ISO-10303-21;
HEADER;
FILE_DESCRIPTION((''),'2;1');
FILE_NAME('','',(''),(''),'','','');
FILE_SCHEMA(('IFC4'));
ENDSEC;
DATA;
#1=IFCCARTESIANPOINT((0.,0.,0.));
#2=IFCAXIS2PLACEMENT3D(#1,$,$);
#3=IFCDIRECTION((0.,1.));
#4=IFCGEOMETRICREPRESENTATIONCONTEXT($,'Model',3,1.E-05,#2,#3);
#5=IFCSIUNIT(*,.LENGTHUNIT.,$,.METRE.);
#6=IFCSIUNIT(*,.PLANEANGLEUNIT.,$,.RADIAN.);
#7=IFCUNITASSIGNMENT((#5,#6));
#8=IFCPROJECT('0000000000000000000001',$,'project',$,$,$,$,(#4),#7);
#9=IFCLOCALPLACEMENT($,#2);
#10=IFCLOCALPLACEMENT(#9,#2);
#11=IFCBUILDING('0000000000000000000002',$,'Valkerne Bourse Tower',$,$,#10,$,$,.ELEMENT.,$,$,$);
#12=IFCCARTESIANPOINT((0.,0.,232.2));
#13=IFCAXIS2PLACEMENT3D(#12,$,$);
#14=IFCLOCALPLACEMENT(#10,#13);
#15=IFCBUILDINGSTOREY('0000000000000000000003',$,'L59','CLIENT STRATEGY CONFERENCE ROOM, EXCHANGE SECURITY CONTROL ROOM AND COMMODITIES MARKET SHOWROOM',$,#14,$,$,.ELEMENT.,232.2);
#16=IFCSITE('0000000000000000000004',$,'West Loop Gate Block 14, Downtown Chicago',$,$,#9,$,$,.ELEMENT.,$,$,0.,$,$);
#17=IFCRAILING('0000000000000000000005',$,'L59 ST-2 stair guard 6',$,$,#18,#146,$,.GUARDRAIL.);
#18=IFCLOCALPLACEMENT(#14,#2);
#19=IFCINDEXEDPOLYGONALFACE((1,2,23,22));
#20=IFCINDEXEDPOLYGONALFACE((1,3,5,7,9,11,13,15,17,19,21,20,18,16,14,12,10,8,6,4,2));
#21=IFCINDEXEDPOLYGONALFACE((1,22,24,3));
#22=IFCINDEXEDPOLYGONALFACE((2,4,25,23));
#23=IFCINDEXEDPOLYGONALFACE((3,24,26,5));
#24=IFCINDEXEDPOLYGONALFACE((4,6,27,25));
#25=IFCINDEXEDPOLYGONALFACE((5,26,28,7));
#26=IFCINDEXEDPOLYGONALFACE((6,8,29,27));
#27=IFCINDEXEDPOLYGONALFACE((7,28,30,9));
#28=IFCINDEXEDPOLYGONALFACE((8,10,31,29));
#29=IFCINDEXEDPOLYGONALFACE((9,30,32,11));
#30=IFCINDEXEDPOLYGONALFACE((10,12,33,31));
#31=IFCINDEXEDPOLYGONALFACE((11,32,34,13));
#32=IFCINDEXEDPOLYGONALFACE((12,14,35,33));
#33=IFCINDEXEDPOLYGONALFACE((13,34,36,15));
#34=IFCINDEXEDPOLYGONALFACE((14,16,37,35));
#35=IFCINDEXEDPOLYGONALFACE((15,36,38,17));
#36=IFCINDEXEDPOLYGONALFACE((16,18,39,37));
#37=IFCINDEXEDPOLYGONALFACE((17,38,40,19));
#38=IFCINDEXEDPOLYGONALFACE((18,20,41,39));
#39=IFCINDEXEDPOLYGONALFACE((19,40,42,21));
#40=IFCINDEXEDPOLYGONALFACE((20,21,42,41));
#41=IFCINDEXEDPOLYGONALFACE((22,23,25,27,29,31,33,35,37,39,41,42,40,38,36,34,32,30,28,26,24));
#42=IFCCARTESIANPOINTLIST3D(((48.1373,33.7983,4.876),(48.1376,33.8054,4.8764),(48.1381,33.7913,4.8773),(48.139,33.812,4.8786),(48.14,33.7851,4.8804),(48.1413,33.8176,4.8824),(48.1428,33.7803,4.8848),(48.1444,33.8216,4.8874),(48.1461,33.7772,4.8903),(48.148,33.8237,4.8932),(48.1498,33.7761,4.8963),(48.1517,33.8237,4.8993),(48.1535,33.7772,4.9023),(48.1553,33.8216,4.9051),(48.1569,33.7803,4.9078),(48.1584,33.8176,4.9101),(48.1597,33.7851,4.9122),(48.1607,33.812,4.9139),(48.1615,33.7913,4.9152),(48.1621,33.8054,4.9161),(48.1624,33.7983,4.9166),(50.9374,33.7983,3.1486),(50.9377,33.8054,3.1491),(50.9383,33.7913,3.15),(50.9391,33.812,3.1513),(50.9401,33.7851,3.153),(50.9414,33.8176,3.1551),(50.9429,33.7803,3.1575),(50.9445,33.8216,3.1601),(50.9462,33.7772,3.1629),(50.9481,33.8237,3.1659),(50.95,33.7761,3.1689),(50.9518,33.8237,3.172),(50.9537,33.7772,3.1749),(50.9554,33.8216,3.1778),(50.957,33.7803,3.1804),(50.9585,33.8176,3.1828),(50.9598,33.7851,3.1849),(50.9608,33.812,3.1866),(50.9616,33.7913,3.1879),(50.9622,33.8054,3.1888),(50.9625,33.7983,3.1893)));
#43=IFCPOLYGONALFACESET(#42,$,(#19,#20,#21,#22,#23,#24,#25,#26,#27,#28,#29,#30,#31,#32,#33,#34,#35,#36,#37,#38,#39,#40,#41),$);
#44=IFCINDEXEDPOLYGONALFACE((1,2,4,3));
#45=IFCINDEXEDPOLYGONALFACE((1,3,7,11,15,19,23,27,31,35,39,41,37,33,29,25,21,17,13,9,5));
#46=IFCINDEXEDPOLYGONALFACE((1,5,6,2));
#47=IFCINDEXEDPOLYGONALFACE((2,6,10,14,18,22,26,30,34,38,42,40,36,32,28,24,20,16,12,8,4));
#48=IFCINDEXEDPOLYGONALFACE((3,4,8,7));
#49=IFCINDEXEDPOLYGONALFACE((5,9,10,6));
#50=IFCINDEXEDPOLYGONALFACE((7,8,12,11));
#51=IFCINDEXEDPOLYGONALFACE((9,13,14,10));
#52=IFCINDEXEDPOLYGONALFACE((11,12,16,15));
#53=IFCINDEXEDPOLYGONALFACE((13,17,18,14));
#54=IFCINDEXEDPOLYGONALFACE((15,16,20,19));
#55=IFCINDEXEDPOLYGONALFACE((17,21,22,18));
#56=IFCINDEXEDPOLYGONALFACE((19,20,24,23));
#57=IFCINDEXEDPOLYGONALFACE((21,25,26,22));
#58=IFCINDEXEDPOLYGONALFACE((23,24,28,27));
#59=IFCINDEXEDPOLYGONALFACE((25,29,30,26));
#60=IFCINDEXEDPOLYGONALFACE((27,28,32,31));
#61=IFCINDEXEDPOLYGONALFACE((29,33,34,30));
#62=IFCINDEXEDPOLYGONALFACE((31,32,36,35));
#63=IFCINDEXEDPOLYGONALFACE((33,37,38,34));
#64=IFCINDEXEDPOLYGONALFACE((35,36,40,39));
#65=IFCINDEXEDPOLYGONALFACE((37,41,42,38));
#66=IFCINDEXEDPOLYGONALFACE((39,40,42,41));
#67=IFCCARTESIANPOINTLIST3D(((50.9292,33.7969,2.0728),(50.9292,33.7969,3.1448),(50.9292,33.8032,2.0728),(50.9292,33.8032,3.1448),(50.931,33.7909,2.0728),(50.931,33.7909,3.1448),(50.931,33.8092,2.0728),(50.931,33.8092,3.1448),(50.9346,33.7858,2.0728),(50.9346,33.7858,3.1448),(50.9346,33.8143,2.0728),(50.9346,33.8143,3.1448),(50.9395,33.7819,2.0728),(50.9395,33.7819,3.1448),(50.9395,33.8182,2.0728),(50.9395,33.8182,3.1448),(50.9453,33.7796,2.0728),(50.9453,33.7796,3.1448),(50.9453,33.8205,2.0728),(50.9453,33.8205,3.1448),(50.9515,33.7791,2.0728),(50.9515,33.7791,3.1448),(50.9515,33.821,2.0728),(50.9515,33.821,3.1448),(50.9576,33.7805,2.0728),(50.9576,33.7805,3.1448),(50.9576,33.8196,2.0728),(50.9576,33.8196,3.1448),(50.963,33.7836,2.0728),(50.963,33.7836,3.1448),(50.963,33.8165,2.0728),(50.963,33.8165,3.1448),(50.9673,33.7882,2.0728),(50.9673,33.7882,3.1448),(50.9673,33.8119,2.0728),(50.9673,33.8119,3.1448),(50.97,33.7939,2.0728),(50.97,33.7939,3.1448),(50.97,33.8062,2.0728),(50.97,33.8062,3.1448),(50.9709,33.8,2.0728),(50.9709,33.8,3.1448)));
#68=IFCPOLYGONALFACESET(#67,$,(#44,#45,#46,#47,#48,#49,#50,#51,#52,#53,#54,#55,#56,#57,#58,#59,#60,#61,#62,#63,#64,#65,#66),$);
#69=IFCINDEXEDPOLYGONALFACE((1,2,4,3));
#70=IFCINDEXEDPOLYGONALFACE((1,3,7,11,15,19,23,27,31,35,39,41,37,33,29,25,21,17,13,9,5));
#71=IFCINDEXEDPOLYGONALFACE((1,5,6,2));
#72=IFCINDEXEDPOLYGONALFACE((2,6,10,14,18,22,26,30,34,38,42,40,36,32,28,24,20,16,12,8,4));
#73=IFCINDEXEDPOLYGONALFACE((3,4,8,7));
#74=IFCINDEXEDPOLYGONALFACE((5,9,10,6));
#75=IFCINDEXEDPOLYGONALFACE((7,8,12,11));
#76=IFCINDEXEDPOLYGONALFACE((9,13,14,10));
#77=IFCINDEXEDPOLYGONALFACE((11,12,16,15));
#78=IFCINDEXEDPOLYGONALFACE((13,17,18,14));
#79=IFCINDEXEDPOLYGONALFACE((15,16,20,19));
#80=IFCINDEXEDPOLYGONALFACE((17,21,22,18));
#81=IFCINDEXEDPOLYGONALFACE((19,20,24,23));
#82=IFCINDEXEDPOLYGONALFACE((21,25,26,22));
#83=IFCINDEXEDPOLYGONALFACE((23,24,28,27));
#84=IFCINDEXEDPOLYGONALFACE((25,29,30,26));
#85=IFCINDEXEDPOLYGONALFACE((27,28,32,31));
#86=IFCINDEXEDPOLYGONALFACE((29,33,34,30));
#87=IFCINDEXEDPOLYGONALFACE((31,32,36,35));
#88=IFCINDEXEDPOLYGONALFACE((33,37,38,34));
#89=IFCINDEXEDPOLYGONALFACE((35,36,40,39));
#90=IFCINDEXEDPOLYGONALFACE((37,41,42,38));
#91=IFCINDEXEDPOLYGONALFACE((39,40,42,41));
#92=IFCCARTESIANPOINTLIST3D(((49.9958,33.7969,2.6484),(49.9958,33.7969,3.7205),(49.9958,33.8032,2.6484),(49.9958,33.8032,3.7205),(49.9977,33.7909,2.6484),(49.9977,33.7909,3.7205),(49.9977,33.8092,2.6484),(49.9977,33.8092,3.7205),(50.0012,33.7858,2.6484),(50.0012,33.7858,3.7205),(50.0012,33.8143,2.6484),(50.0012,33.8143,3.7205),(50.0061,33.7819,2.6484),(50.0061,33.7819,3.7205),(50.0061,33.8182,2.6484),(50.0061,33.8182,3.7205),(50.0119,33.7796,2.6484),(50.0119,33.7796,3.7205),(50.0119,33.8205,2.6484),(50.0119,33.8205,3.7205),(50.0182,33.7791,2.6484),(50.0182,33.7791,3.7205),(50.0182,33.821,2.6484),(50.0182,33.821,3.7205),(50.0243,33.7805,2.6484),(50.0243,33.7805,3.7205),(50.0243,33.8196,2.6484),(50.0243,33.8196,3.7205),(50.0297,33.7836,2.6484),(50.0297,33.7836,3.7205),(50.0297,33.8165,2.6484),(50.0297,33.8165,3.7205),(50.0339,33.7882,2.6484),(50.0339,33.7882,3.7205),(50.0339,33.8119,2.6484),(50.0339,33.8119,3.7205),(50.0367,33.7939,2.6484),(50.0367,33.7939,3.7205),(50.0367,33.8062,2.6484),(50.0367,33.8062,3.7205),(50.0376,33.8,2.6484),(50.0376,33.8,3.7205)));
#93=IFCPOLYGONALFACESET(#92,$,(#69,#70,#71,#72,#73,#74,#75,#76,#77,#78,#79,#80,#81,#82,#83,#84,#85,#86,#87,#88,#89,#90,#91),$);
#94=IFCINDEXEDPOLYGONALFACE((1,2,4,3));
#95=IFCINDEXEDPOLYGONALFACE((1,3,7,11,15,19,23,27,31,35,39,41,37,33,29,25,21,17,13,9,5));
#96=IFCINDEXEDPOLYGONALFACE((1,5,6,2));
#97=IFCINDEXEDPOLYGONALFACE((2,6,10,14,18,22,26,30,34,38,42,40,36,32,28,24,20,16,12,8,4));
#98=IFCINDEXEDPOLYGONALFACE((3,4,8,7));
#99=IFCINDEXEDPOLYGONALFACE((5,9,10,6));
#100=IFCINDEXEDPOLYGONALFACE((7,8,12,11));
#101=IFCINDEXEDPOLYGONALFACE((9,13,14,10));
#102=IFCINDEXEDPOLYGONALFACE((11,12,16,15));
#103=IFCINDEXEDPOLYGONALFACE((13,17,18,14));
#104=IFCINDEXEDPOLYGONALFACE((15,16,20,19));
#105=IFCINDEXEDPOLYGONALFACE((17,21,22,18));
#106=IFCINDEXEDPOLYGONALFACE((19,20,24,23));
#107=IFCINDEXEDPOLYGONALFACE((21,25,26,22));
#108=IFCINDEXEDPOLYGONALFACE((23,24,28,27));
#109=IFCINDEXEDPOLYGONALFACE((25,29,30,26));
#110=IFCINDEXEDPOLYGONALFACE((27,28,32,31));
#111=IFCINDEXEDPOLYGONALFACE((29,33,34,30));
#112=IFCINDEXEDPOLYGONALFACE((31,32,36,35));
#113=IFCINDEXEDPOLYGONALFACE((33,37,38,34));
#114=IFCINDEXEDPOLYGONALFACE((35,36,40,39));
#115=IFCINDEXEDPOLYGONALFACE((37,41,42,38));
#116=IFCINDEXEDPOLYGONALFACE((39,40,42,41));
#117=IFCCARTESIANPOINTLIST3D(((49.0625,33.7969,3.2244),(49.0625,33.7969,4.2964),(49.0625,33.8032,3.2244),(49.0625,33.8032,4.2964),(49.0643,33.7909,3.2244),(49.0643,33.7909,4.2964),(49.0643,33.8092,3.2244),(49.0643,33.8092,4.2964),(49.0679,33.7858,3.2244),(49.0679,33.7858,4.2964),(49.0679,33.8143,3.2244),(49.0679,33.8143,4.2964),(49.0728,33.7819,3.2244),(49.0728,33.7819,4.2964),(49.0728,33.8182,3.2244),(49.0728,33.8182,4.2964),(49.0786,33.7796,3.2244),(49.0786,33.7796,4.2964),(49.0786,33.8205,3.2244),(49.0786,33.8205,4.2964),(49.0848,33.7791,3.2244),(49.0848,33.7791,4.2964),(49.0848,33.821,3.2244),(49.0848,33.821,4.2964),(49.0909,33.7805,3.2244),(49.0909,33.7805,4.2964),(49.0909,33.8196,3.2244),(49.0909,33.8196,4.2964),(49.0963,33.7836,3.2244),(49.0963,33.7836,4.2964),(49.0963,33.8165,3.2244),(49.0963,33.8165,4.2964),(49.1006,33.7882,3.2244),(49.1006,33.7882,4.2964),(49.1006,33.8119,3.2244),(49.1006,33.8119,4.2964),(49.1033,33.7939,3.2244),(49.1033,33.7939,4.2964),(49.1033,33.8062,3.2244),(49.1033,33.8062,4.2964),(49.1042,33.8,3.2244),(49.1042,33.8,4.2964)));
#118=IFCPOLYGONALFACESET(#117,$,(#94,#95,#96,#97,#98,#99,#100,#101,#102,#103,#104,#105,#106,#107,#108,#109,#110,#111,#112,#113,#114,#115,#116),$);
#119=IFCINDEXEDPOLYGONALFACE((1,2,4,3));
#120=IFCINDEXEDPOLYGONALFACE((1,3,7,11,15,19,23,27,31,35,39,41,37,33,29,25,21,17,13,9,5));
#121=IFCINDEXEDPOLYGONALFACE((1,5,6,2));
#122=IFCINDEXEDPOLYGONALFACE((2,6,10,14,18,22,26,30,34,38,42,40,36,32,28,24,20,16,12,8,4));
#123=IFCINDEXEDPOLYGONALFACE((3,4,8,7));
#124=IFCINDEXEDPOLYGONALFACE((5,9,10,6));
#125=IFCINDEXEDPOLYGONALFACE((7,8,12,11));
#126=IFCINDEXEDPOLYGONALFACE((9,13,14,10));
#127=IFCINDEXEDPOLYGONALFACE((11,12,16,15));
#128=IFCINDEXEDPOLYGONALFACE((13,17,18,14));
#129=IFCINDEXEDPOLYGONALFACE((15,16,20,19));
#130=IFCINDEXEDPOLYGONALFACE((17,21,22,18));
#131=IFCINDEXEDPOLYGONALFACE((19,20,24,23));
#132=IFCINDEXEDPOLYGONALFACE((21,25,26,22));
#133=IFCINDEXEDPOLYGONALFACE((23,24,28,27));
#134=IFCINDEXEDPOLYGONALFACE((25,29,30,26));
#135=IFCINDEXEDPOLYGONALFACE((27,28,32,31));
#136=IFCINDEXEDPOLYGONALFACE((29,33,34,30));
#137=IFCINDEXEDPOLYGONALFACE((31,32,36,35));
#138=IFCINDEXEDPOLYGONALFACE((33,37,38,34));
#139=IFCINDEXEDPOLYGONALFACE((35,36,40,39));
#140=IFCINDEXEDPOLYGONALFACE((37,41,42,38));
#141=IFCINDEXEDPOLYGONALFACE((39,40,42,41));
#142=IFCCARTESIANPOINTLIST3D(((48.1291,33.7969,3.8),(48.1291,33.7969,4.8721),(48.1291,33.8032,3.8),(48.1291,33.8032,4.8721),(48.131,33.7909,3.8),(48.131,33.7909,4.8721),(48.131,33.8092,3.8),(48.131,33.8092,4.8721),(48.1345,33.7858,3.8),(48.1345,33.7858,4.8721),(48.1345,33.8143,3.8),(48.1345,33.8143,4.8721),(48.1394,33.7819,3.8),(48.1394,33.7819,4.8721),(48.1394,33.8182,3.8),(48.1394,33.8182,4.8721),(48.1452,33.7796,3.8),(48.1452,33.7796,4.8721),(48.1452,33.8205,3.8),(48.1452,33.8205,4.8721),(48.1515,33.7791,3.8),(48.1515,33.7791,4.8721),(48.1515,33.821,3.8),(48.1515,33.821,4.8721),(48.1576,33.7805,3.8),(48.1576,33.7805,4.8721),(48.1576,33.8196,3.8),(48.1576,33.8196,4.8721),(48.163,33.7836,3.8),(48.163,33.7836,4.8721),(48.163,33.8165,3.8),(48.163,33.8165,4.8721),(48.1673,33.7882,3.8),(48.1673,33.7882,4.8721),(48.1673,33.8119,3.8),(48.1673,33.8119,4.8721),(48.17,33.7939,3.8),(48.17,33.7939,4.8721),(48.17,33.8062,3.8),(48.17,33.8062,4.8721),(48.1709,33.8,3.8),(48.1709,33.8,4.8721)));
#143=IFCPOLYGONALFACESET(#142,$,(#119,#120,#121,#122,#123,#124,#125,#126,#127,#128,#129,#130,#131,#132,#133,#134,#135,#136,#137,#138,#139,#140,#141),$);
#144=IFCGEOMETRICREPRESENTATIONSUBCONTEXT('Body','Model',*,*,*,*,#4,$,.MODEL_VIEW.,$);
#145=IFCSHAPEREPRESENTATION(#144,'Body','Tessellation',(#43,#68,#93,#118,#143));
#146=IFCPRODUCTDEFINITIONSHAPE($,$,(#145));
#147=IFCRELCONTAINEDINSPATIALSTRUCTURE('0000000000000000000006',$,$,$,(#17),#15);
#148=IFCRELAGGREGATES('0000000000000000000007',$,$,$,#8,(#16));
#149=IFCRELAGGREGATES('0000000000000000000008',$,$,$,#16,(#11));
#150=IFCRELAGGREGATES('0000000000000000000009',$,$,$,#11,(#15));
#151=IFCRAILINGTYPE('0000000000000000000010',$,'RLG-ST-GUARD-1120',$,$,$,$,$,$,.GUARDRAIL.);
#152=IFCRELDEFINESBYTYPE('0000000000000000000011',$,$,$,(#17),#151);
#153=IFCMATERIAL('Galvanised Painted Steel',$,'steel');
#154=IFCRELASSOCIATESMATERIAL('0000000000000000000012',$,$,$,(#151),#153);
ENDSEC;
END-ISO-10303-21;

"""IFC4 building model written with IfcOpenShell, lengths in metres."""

from ifc_helpers import new_model, si_unit, direction, frame, origin, origin_2d, place, context, subcontext, project, spatial, circle, extrude, material, type_object, element, save


model = new_model("IFC4")

# Units and contexts
model_context = context("Model", 3, precision=1e-05, world=origin(), true_north=direction((0.0, 1.0)))
body_context = subcontext(model_context, "Body", "Model", "MODEL_VIEW")
ifc_project = project(units=[si_unit("LENGTHUNIT", "METRE"), si_unit("PLANEANGLEUNIT", "RADIAN")], contexts=[model_context])

# Site, building, storey
site_placement = place(None, origin())
site = spatial("IfcSite", under=ifc_project, at=site_placement, Name="West Loop Gate Block 14, Downtown Chicago", CompositionType="ELEMENT", RefElevation=0.0)
building_placement = place(site_placement, origin())
building = spatial("IfcBuilding", under=site, at=building_placement, Name="Valkerne Bourse Tower", CompositionType="ELEMENT")
storey_placement = place(building_placement, frame((0.0, 0.0, 232.2)))
storey = spatial("IfcBuildingStorey", under=building, at=storey_placement, Name="L59", Description="CLIENT STRATEGY CONFERENCE ROOM, EXCHANGE SECURITY CONTROL ROOM AND COMMODITIES MARKET SHOWROOM", CompositionType="ELEMENT", Elevation=232.2)

# Shared definitions
ifc_material_1 = material(Name="Galvanised Painted Steel", Category="steel")

# Railing
railing_type_1 = type_object("IfcRailingType", Name="RLG-ST-GUARD-1120", PredefinedType="GUARDRAIL", material=ifc_material_1)
railing_1_placement = place(storey_placement, frame((50.95, 33.8, 2.0728)))
element("IfcRailing", 1, at=railing_1_placement, inside=storey, type_object=railing_type_1, Name="L59 ST-2 stair guard 6", PredefinedType="GUARDRAIL", context=body_context, shape_type="SweptSolid", body=[
    extrude(circle(Radius=0.0239, at=origin_2d()), frame((0.0, 0.0, 1.0962), z_axis=(-0.85109, 0.0, 0.52502), x_axis=(0.0, -1.0, 0.0)), (0.0, 0.0, 1.0), 3.29),
    extrude(circle(Radius=0.021, at=origin_2d()), origin(), (0.0, 0.0, 1.0), 1.072),
    extrude(circle(Radius=0.021, at=origin_2d()), frame((-0.9333, 0.0, 0.5757)), (0.0, 0.0, 1.0), 1.072),
    extrude(circle(Radius=0.021, at=origin_2d()), frame((-1.8667, 0.0, 1.1516)), (0.0, 0.0, 1.0), 1.072),
    extrude(circle(Radius=0.021, at=origin_2d()), frame((-2.8, 0.0, 1.7273)), (0.0, 0.0, 1.0), 1.072),
])

save(model, "model.ifc")
